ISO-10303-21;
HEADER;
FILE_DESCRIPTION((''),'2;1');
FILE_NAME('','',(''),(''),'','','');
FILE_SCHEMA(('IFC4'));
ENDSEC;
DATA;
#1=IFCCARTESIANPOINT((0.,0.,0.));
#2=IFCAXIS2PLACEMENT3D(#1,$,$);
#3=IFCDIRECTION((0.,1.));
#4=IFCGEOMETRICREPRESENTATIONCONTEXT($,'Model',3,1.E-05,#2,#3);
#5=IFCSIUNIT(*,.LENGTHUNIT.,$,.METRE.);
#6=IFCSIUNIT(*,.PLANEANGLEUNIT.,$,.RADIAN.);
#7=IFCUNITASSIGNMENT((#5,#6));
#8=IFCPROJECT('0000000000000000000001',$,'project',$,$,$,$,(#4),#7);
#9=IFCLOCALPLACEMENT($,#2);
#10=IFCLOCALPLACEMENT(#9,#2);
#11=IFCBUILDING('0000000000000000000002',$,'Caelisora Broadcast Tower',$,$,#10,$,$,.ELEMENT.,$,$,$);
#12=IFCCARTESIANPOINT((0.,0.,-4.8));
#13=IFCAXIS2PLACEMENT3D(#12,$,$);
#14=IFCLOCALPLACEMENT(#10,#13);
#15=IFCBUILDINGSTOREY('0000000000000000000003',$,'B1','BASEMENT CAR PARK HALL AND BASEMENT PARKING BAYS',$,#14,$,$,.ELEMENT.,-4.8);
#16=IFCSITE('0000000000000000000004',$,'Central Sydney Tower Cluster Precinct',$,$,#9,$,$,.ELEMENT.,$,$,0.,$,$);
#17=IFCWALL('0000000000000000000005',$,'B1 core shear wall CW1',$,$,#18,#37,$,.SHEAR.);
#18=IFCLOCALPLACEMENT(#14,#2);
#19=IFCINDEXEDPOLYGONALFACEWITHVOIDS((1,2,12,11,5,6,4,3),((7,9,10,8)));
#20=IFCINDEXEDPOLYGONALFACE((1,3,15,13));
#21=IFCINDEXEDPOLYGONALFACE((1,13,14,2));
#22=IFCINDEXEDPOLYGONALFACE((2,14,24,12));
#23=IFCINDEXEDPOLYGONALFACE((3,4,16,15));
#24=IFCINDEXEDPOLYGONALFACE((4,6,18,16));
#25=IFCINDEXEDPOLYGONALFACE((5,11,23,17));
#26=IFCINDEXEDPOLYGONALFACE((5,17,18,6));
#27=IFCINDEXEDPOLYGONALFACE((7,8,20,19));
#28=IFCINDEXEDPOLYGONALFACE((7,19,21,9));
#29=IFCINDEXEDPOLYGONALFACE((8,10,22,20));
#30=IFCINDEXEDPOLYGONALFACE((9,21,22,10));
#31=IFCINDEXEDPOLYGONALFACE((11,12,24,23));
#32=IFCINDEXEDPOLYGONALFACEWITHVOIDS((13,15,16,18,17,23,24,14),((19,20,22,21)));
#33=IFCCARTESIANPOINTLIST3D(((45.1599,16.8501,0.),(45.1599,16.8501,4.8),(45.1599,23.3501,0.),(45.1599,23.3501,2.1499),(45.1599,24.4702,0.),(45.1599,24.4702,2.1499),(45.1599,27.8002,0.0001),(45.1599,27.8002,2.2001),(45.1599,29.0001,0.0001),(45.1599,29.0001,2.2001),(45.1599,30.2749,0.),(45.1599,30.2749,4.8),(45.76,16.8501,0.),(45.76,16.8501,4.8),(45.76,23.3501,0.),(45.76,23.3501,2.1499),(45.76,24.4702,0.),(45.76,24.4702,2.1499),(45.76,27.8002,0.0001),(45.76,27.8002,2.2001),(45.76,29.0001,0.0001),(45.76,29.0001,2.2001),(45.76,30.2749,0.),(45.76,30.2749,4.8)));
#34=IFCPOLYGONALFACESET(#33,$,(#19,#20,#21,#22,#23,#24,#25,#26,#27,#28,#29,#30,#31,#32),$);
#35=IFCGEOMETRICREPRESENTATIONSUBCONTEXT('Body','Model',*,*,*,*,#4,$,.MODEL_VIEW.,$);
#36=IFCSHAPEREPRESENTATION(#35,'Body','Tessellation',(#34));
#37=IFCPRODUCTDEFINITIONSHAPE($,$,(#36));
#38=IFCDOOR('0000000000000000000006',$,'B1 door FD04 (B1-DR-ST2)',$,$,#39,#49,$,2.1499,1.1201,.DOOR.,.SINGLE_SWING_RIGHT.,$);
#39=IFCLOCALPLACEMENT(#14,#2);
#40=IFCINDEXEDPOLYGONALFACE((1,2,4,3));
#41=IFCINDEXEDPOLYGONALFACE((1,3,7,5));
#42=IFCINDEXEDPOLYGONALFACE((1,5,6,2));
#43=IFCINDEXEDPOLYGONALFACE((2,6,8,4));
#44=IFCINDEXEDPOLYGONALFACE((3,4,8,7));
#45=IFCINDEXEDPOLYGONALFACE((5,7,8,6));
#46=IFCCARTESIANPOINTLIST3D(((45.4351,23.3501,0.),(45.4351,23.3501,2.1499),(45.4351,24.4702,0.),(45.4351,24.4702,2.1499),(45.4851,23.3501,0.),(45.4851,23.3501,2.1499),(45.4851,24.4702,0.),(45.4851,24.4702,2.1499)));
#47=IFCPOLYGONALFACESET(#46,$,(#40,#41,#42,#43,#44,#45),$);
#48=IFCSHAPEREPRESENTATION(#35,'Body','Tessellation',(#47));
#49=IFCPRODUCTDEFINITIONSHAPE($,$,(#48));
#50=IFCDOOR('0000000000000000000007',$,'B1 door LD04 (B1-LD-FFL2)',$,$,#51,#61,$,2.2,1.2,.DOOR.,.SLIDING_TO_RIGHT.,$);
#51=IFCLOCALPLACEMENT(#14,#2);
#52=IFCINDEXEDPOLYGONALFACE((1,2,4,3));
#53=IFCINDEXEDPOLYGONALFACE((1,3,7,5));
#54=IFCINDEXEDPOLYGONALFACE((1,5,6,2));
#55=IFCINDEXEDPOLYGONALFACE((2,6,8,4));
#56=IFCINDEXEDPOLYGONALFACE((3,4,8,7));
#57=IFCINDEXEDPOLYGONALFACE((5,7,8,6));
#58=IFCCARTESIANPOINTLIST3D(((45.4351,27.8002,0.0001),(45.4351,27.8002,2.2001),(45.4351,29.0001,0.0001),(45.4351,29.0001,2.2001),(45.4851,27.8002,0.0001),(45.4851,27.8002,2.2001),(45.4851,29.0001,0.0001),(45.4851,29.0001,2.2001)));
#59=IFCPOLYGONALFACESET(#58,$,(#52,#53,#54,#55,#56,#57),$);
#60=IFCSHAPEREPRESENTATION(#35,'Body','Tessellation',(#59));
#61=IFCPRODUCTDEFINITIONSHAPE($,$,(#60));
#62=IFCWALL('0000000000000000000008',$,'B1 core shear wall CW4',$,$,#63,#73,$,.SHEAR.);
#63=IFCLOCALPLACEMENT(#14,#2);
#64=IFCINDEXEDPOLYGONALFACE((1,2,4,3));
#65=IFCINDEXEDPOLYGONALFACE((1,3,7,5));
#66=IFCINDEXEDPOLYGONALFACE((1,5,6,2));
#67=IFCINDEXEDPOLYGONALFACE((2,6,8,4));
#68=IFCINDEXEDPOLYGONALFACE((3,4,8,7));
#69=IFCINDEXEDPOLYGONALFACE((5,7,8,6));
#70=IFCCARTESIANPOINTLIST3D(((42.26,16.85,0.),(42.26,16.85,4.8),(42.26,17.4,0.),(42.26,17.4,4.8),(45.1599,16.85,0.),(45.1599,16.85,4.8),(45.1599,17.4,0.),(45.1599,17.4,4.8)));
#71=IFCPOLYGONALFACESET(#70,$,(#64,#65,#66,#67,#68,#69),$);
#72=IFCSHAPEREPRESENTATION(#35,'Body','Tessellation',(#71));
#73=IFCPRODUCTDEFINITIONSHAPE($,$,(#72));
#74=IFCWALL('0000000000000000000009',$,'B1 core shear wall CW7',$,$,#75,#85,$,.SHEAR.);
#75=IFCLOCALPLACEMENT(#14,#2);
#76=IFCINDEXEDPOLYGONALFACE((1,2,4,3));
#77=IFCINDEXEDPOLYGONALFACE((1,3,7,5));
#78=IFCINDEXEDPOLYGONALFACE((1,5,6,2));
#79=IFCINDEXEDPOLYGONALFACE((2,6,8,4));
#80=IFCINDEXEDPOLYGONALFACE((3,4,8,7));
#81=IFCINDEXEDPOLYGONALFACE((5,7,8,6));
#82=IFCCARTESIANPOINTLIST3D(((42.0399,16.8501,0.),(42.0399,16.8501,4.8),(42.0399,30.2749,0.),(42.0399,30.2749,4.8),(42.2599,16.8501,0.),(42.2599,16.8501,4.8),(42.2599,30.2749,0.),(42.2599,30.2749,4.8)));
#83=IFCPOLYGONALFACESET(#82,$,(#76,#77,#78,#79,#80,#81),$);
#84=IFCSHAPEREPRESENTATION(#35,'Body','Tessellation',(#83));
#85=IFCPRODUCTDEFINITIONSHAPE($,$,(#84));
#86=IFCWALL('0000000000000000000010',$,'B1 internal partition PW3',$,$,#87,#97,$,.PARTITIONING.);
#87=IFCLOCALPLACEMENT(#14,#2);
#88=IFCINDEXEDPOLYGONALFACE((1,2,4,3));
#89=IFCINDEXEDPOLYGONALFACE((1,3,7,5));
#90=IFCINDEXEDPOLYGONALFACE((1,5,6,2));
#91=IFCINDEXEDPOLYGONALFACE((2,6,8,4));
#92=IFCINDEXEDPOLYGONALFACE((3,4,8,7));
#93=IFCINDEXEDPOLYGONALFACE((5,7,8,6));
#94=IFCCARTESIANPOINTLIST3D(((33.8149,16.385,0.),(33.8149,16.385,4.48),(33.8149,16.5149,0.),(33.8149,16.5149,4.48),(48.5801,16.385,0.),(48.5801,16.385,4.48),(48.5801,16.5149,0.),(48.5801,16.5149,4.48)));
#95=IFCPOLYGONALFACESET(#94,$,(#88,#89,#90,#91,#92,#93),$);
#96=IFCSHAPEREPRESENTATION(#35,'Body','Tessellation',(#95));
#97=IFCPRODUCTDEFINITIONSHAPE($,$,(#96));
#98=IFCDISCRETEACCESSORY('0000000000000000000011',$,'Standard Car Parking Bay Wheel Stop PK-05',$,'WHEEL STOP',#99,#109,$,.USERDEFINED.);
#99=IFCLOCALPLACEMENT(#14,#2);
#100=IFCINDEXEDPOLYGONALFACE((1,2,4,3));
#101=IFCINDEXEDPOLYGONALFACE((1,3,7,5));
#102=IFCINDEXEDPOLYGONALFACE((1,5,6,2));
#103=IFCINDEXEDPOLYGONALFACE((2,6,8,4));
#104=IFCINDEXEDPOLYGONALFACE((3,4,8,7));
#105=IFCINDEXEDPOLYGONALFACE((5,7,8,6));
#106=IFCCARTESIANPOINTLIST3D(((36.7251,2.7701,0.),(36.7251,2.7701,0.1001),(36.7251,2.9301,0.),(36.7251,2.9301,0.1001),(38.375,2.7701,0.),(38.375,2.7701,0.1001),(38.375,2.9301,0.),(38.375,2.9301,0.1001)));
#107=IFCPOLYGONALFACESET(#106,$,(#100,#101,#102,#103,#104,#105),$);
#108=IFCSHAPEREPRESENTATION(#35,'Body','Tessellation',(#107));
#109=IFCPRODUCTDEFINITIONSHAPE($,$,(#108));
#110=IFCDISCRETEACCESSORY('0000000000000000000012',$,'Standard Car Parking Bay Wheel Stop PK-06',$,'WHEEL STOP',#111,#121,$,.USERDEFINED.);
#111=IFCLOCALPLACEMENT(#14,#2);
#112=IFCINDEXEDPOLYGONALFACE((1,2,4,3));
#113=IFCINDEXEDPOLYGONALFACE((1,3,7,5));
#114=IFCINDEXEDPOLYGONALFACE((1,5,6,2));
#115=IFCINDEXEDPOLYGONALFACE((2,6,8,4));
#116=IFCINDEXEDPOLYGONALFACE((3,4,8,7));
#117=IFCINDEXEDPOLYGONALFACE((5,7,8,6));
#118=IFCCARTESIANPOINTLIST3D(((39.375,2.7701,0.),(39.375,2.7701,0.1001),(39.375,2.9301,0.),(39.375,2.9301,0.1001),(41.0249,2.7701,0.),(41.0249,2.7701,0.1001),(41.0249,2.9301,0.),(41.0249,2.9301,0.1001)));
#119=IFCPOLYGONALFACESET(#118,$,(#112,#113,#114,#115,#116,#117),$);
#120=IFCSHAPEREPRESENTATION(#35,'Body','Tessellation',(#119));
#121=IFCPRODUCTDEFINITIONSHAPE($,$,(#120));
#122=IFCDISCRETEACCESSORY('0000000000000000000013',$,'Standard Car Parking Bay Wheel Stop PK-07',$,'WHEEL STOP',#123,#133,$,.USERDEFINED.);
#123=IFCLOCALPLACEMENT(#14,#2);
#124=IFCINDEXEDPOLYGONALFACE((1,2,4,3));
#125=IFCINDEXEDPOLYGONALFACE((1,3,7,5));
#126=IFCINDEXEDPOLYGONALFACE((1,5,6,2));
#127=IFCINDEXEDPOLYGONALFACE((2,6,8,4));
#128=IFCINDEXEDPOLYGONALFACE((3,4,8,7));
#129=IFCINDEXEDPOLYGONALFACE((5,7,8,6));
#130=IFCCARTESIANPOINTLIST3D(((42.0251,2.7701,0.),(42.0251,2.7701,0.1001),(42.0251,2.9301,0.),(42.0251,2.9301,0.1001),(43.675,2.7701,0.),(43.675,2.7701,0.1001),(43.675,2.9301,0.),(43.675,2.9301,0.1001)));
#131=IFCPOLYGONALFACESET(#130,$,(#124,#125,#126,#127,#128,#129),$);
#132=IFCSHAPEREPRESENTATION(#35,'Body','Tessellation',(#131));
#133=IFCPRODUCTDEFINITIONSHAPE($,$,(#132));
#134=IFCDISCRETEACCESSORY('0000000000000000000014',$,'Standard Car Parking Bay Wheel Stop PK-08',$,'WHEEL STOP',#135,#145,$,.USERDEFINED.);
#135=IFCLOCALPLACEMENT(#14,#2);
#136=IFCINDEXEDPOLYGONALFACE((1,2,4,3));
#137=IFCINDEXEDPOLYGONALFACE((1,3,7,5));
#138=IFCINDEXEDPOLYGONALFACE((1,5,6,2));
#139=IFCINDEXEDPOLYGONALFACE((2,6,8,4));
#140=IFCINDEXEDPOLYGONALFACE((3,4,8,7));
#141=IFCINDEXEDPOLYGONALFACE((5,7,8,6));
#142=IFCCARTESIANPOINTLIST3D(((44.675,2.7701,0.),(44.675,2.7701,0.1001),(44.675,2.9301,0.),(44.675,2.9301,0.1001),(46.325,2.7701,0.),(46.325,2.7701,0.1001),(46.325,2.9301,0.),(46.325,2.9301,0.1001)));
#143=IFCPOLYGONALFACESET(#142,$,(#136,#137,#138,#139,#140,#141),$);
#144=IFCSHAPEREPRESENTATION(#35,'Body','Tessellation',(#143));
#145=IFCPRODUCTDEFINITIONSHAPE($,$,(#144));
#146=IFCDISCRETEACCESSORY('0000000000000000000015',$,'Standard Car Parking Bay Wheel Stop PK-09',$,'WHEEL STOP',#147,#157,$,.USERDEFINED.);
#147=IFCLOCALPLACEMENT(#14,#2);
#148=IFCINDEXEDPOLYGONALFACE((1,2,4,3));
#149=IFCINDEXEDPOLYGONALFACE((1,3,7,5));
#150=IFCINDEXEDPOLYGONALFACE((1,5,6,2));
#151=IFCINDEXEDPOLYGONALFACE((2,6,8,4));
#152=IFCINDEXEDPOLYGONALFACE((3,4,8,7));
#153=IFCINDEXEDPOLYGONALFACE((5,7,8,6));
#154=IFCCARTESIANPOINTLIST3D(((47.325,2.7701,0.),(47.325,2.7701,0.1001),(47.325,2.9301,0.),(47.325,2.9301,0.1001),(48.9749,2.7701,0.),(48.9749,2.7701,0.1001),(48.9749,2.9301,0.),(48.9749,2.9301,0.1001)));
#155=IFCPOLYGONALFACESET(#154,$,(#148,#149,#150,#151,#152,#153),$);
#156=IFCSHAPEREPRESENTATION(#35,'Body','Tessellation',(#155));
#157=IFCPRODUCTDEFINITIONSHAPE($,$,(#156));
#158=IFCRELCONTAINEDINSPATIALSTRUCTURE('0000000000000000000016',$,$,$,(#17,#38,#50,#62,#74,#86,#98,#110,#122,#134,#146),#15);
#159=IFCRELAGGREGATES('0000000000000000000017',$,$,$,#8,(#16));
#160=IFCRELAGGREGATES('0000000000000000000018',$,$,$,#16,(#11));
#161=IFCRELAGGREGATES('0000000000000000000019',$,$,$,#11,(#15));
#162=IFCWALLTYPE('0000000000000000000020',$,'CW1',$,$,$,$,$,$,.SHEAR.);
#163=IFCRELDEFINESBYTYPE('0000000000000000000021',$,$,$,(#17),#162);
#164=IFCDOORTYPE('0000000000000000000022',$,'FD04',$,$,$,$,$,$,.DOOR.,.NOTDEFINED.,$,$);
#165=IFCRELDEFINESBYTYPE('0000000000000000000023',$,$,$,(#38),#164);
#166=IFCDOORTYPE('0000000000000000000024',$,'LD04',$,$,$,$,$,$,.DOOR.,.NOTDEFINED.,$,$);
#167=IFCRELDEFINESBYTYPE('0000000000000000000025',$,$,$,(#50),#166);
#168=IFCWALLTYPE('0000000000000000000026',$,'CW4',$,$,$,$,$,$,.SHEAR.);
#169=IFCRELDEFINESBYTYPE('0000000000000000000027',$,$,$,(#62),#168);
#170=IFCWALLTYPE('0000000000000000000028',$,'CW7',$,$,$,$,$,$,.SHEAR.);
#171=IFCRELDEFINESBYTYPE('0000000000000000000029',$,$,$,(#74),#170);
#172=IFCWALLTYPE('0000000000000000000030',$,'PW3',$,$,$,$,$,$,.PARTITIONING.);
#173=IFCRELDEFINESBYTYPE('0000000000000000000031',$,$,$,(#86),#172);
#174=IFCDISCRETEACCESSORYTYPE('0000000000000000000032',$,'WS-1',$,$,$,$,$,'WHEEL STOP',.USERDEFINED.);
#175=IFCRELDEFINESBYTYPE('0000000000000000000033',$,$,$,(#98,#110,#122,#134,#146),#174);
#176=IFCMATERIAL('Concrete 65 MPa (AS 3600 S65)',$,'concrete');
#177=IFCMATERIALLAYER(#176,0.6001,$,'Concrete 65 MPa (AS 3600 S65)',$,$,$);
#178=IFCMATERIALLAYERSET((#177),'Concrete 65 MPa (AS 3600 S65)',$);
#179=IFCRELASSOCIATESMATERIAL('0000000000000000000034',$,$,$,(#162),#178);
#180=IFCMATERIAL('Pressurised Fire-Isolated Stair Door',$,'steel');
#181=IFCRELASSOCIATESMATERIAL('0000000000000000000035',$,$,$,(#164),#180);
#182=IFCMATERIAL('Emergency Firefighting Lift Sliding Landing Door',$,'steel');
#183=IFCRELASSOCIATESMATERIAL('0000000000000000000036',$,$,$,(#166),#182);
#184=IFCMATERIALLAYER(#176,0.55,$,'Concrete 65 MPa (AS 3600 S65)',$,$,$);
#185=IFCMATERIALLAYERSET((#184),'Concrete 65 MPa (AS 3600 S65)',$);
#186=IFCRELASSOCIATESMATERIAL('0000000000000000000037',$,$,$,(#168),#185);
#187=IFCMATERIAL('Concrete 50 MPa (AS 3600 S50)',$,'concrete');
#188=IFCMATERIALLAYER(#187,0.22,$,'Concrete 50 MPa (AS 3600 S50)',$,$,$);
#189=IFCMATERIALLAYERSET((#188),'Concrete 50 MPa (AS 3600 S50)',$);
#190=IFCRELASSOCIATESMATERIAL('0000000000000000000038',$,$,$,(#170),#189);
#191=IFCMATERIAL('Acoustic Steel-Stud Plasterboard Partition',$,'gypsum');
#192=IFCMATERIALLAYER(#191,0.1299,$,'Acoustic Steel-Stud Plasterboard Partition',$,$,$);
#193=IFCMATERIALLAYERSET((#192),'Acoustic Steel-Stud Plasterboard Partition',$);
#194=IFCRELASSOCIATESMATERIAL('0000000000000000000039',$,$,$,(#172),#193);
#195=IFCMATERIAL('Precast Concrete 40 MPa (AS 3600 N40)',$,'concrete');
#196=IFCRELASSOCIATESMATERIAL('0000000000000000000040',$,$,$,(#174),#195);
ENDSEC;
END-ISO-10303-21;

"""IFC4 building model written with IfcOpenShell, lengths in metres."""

from ifc_helpers import new_model, si_unit, direction, frame, frame_2d, origin, origin_2d, place, context, subcontext, project, spatial, rectangle, extrude, source, transform, mapped, material, layer, layer_set, type_object, type_shapes, element, fill, save


model = new_model("IFC4")

# Units and contexts
model_context = context("Model", 3, precision=1e-05, world=origin(), true_north=direction((0.0, 1.0)))
body_context = subcontext(model_context, "Body", "Model", "MODEL_VIEW")
ifc_project = project(units=[si_unit("LENGTHUNIT", "METRE"), si_unit("PLANEANGLEUNIT", "RADIAN")], contexts=[model_context])

# Site, building, storey
site_placement = place(None, origin())
site = spatial("IfcSite", under=ifc_project, at=site_placement, Name="Central Sydney Tower Cluster Precinct", CompositionType="ELEMENT", RefElevation=0.0)
building_placement = place(site_placement, origin())
building = spatial("IfcBuilding", under=site, at=building_placement, Name="Caelisora Broadcast Tower", CompositionType="ELEMENT")
storey_placement = place(building_placement, frame((0.0, 0.0, -4.8)))
storey = spatial("IfcBuildingStorey", under=building, at=storey_placement, Name="B1", Description="BASEMENT CAR PARK HALL AND BASEMENT PARKING BAYS", CompositionType="ELEMENT", Elevation=-4.8)

# Shared definitions
ifc_material_1 = material(Name="Concrete 50 MPa (AS 3600 S50)", Category="concrete")

# Wall, openings, doors
ifc_material_2 = material(Name="Concrete 65 MPa (AS 3600 S65)", Category="concrete")
ifc_layer_1 = layer(ifc_material_2, 0.6001, Name="Concrete 65 MPa (AS 3600 S65)")
ifc_layer_set_1 = layer_set([ifc_layer_1], Name="Concrete 65 MPa (AS 3600 S65)")
wall_type_1 = type_object("IfcWallType", Name="CW1", PredefinedType="SHEAR", material=ifc_layer_set_1)
wall_1_placement = place(storey_placement, frame((45.46, 16.8501, 0.0), z_axis=(0.0, 0.0, 1.0), x_axis=(0.0, 1.0, 0.0)))
wall_1 = element("IfcWall", 1, at=wall_1_placement, inside=storey, type_object=wall_type_1, Name="B1 core shear wall CW1", PredefinedType="SHEAR", context=body_context, shape_type="SweptSolid", body=[
    extrude(rectangle(XDim=13.4248, YDim=0.6001, at=frame_2d((6.7124, 0.0))), origin(), (0.0, 0.0, 1.0), 4.8),
])
opening_1_placement = place(wall_1_placement, frame((6.5, 0.0, 0.0)))
opening_1 = element("IfcOpeningElement", 2, at=opening_1_placement, cuts=wall_1, PredefinedType="OPENING", context=body_context, shape_type="SweptSolid", body=[
    extrude(rectangle(XDim=1.1201, YDim=2.1499, at=frame_2d((0.5601, 1.075))), frame((0.0, 0.312, 0.0), z_axis=(0.0, -1.0, 0.0), x_axis=(1.0, 0.0, 0.0)), (0.0, 0.0, 1.0), 0.624),
])
opening_2_placement = place(wall_1_placement, frame((10.95, 0.0, 0.0)))
opening_2 = element("IfcOpeningElement", 3, at=opening_2_placement, cuts=wall_1, PredefinedType="OPENING", context=body_context, shape_type="SweptSolid", body=[
    extrude(rectangle(XDim=1.2, YDim=2.2, at=frame_2d((0.6001, 1.1001))), frame((0.0, 0.312, 0.0), z_axis=(0.0, -1.0, 0.0), x_axis=(1.0, 0.0, 0.0)), (0.0, 0.0, 1.0), 0.624),
])
ifc_material_3 = material(Name="Pressurised Fire-Isolated Stair Door", Category="steel")
door_type_1 = type_object("IfcDoorType", Name="FD04", OperationType="NOTDEFINED", PredefinedType="DOOR", material=ifc_material_3)
door_1_placement = place(opening_1_placement, origin())
door_1 = element("IfcDoor", 4, at=door_1_placement, inside=storey, type_object=door_type_1, Name="B1 door FD04 (B1-DR-ST2)", OperationType="SINGLE_SWING_RIGHT", OverallHeight=2.1499, OverallWidth=1.1201, PredefinedType="DOOR", context=body_context, shape_type="SweptSolid", body=[
    extrude(rectangle(XDim=1.1201, YDim=2.1499, at=frame_2d((0.5601, 1.075))), frame((0.0, 0.0249, 0.0), z_axis=(0.0, -1.0, 0.0), x_axis=(1.0, 0.0, 0.0)), (0.0, 0.0, 1.0), 0.05),
])
fill(opening_1, door_1)
ifc_material_4 = material(Name="Emergency Firefighting Lift Sliding Landing Door", Category="steel")
door_type_2 = type_object("IfcDoorType", Name="LD04", OperationType="NOTDEFINED", PredefinedType="DOOR", material=ifc_material_4)
door_2_placement = place(opening_2_placement, origin())
door_2 = element("IfcDoor", 5, at=door_2_placement, inside=storey, type_object=door_type_2, Name="B1 door LD04 (B1-LD-FFL2)", OperationType="SLIDING_TO_RIGHT", OverallHeight=2.2, OverallWidth=1.2, PredefinedType="DOOR", context=body_context, shape_type="SweptSolid", body=[
    extrude(rectangle(XDim=1.2, YDim=2.2, at=frame_2d((0.6001, 1.1001))), frame((0.0, 0.0249, 0.0), z_axis=(0.0, -1.0, 0.0), x_axis=(1.0, 0.0, 0.0)), (0.0, 0.0, 1.0), 0.05),
])
fill(opening_2, door_2)

# Walls
ifc_layer_2 = layer(ifc_material_2, 0.55, Name="Concrete 65 MPa (AS 3600 S65)")
ifc_layer_set_2 = layer_set([ifc_layer_2], Name="Concrete 65 MPa (AS 3600 S65)")
wall_type_2 = type_object("IfcWallType", Name="CW4", PredefinedType="SHEAR", material=ifc_layer_set_2)
wall_2_placement = place(storey_placement, frame((42.26, 17.125, 0.0), z_axis=(0.0, 0.0, 1.0), x_axis=(1.0, 0.0, 0.0)))
element("IfcWall", 6, at=wall_2_placement, inside=storey, type_object=wall_type_2, Name="B1 core shear wall CW4", PredefinedType="SHEAR", context=body_context, shape_type="SweptSolid", body=[
    extrude(rectangle(XDim=2.8999, YDim=0.55, at=frame_2d((1.45, 0.0))), origin(), (0.0, 0.0, 1.0), 4.8),
])
ifc_layer_3 = layer(ifc_material_1, 0.22, Name="Concrete 50 MPa (AS 3600 S50)")
ifc_layer_set_3 = layer_set([ifc_layer_3], Name="Concrete 50 MPa (AS 3600 S50)")
wall_type_3 = type_object("IfcWallType", Name="CW7", PredefinedType="SHEAR", material=ifc_layer_set_3)
wall_3_placement = place(storey_placement, frame((42.1499, 16.8501, 0.0), z_axis=(0.0, 0.0, 1.0), x_axis=(0.0, 1.0, 0.0)))
element("IfcWall", 7, at=wall_3_placement, inside=storey, type_object=wall_type_3, Name="B1 core shear wall CW7", PredefinedType="SHEAR", context=body_context, shape_type="SweptSolid", body=[
    extrude(rectangle(XDim=13.4248, YDim=0.22, at=frame_2d((6.7124, 0.0))), origin(), (0.0, 0.0, 1.0), 4.8),
])
ifc_material_5 = material(Name="Acoustic Steel-Stud Plasterboard Partition", Category="gypsum")
ifc_layer_4 = layer(ifc_material_5, 0.1299, Name="Acoustic Steel-Stud Plasterboard Partition")
ifc_layer_set_4 = layer_set([ifc_layer_4], Name="Acoustic Steel-Stud Plasterboard Partition")
wall_type_4 = type_object("IfcWallType", Name="PW3", PredefinedType="PARTITIONING", material=ifc_layer_set_4)
wall_4_placement = place(storey_placement, frame((48.5801, 16.45, 0.0), z_axis=(0.0, 0.0, 1.0), x_axis=(-1.0, 0.0, 0.0)))
element("IfcWall", 8, at=wall_4_placement, inside=storey, type_object=wall_type_4, Name="B1 internal partition PW3", PredefinedType="PARTITIONING", context=body_context, shape_type="SweptSolid", body=[
    extrude(rectangle(XDim=14.7651, YDim=0.1299, at=frame_2d((7.3826, 0.0))), origin(), (0.0, 0.0, 1.0), 4.48),
])

# Discrete accessories
ifc_material_6 = material(Name="Precast Concrete 40 MPa (AS 3600 N40)", Category="concrete")
discrete_accessory_type = type_object("IfcDiscreteAccessoryType", Name="WS-1", ElementType="WHEEL STOP", PredefinedType="USERDEFINED", material=ifc_material_6)
shared_shape_1 = source(origin(), body_context, "Body", "SweptSolid", [
    extrude(rectangle(XDim=1.6499, YDim=0.1599, at=origin_2d()), origin(), (0.0, 0.0, 1.0), 0.1001),
])
type_shapes(discrete_accessory_type, [shared_shape_1])
for number, where, z_axis, x_axis, name in (
    (9, (37.55, 2.8501, 0.0), (0.0, 0.0, 1.0), (1.0, 0.0, 0.0), "Standard Car Parking Bay Wheel Stop PK-05"),
    (10, (40.2, 2.8501, 0.0), (0.0, 0.0, 1.0), (1.0, 0.0, 0.0), "Standard Car Parking Bay Wheel Stop PK-06"),
    (11, (42.8501, 2.8501, 0.0), (0.0, 0.0, 1.0), (1.0, 0.0, 0.0), "Standard Car Parking Bay Wheel Stop PK-07"),
    (12, (45.5, 2.8501, 0.0), (0.0, 0.0, 1.0), (1.0, 0.0, 0.0), "Standard Car Parking Bay Wheel Stop PK-08"),
    (13, (48.1499, 2.8501, 0.0), (0.0, 0.0, 1.0), (1.0, 0.0, 0.0), "Standard Car Parking Bay Wheel Stop PK-09"),
):
    element("IfcDiscreteAccessory", number, at=place(storey_placement, frame(where, z_axis=z_axis, x_axis=x_axis)), inside=storey, type_object=discrete_accessory_type, Name=name, ObjectType="WHEEL STOP", PredefinedType="USERDEFINED", context=body_context, shape_type="MappedRepresentation", body=[
        mapped(shared_shape_1, transform((0.0, 0.0, 0.0), scale=1.0)),
    ])

save(model, "model.ifc")
